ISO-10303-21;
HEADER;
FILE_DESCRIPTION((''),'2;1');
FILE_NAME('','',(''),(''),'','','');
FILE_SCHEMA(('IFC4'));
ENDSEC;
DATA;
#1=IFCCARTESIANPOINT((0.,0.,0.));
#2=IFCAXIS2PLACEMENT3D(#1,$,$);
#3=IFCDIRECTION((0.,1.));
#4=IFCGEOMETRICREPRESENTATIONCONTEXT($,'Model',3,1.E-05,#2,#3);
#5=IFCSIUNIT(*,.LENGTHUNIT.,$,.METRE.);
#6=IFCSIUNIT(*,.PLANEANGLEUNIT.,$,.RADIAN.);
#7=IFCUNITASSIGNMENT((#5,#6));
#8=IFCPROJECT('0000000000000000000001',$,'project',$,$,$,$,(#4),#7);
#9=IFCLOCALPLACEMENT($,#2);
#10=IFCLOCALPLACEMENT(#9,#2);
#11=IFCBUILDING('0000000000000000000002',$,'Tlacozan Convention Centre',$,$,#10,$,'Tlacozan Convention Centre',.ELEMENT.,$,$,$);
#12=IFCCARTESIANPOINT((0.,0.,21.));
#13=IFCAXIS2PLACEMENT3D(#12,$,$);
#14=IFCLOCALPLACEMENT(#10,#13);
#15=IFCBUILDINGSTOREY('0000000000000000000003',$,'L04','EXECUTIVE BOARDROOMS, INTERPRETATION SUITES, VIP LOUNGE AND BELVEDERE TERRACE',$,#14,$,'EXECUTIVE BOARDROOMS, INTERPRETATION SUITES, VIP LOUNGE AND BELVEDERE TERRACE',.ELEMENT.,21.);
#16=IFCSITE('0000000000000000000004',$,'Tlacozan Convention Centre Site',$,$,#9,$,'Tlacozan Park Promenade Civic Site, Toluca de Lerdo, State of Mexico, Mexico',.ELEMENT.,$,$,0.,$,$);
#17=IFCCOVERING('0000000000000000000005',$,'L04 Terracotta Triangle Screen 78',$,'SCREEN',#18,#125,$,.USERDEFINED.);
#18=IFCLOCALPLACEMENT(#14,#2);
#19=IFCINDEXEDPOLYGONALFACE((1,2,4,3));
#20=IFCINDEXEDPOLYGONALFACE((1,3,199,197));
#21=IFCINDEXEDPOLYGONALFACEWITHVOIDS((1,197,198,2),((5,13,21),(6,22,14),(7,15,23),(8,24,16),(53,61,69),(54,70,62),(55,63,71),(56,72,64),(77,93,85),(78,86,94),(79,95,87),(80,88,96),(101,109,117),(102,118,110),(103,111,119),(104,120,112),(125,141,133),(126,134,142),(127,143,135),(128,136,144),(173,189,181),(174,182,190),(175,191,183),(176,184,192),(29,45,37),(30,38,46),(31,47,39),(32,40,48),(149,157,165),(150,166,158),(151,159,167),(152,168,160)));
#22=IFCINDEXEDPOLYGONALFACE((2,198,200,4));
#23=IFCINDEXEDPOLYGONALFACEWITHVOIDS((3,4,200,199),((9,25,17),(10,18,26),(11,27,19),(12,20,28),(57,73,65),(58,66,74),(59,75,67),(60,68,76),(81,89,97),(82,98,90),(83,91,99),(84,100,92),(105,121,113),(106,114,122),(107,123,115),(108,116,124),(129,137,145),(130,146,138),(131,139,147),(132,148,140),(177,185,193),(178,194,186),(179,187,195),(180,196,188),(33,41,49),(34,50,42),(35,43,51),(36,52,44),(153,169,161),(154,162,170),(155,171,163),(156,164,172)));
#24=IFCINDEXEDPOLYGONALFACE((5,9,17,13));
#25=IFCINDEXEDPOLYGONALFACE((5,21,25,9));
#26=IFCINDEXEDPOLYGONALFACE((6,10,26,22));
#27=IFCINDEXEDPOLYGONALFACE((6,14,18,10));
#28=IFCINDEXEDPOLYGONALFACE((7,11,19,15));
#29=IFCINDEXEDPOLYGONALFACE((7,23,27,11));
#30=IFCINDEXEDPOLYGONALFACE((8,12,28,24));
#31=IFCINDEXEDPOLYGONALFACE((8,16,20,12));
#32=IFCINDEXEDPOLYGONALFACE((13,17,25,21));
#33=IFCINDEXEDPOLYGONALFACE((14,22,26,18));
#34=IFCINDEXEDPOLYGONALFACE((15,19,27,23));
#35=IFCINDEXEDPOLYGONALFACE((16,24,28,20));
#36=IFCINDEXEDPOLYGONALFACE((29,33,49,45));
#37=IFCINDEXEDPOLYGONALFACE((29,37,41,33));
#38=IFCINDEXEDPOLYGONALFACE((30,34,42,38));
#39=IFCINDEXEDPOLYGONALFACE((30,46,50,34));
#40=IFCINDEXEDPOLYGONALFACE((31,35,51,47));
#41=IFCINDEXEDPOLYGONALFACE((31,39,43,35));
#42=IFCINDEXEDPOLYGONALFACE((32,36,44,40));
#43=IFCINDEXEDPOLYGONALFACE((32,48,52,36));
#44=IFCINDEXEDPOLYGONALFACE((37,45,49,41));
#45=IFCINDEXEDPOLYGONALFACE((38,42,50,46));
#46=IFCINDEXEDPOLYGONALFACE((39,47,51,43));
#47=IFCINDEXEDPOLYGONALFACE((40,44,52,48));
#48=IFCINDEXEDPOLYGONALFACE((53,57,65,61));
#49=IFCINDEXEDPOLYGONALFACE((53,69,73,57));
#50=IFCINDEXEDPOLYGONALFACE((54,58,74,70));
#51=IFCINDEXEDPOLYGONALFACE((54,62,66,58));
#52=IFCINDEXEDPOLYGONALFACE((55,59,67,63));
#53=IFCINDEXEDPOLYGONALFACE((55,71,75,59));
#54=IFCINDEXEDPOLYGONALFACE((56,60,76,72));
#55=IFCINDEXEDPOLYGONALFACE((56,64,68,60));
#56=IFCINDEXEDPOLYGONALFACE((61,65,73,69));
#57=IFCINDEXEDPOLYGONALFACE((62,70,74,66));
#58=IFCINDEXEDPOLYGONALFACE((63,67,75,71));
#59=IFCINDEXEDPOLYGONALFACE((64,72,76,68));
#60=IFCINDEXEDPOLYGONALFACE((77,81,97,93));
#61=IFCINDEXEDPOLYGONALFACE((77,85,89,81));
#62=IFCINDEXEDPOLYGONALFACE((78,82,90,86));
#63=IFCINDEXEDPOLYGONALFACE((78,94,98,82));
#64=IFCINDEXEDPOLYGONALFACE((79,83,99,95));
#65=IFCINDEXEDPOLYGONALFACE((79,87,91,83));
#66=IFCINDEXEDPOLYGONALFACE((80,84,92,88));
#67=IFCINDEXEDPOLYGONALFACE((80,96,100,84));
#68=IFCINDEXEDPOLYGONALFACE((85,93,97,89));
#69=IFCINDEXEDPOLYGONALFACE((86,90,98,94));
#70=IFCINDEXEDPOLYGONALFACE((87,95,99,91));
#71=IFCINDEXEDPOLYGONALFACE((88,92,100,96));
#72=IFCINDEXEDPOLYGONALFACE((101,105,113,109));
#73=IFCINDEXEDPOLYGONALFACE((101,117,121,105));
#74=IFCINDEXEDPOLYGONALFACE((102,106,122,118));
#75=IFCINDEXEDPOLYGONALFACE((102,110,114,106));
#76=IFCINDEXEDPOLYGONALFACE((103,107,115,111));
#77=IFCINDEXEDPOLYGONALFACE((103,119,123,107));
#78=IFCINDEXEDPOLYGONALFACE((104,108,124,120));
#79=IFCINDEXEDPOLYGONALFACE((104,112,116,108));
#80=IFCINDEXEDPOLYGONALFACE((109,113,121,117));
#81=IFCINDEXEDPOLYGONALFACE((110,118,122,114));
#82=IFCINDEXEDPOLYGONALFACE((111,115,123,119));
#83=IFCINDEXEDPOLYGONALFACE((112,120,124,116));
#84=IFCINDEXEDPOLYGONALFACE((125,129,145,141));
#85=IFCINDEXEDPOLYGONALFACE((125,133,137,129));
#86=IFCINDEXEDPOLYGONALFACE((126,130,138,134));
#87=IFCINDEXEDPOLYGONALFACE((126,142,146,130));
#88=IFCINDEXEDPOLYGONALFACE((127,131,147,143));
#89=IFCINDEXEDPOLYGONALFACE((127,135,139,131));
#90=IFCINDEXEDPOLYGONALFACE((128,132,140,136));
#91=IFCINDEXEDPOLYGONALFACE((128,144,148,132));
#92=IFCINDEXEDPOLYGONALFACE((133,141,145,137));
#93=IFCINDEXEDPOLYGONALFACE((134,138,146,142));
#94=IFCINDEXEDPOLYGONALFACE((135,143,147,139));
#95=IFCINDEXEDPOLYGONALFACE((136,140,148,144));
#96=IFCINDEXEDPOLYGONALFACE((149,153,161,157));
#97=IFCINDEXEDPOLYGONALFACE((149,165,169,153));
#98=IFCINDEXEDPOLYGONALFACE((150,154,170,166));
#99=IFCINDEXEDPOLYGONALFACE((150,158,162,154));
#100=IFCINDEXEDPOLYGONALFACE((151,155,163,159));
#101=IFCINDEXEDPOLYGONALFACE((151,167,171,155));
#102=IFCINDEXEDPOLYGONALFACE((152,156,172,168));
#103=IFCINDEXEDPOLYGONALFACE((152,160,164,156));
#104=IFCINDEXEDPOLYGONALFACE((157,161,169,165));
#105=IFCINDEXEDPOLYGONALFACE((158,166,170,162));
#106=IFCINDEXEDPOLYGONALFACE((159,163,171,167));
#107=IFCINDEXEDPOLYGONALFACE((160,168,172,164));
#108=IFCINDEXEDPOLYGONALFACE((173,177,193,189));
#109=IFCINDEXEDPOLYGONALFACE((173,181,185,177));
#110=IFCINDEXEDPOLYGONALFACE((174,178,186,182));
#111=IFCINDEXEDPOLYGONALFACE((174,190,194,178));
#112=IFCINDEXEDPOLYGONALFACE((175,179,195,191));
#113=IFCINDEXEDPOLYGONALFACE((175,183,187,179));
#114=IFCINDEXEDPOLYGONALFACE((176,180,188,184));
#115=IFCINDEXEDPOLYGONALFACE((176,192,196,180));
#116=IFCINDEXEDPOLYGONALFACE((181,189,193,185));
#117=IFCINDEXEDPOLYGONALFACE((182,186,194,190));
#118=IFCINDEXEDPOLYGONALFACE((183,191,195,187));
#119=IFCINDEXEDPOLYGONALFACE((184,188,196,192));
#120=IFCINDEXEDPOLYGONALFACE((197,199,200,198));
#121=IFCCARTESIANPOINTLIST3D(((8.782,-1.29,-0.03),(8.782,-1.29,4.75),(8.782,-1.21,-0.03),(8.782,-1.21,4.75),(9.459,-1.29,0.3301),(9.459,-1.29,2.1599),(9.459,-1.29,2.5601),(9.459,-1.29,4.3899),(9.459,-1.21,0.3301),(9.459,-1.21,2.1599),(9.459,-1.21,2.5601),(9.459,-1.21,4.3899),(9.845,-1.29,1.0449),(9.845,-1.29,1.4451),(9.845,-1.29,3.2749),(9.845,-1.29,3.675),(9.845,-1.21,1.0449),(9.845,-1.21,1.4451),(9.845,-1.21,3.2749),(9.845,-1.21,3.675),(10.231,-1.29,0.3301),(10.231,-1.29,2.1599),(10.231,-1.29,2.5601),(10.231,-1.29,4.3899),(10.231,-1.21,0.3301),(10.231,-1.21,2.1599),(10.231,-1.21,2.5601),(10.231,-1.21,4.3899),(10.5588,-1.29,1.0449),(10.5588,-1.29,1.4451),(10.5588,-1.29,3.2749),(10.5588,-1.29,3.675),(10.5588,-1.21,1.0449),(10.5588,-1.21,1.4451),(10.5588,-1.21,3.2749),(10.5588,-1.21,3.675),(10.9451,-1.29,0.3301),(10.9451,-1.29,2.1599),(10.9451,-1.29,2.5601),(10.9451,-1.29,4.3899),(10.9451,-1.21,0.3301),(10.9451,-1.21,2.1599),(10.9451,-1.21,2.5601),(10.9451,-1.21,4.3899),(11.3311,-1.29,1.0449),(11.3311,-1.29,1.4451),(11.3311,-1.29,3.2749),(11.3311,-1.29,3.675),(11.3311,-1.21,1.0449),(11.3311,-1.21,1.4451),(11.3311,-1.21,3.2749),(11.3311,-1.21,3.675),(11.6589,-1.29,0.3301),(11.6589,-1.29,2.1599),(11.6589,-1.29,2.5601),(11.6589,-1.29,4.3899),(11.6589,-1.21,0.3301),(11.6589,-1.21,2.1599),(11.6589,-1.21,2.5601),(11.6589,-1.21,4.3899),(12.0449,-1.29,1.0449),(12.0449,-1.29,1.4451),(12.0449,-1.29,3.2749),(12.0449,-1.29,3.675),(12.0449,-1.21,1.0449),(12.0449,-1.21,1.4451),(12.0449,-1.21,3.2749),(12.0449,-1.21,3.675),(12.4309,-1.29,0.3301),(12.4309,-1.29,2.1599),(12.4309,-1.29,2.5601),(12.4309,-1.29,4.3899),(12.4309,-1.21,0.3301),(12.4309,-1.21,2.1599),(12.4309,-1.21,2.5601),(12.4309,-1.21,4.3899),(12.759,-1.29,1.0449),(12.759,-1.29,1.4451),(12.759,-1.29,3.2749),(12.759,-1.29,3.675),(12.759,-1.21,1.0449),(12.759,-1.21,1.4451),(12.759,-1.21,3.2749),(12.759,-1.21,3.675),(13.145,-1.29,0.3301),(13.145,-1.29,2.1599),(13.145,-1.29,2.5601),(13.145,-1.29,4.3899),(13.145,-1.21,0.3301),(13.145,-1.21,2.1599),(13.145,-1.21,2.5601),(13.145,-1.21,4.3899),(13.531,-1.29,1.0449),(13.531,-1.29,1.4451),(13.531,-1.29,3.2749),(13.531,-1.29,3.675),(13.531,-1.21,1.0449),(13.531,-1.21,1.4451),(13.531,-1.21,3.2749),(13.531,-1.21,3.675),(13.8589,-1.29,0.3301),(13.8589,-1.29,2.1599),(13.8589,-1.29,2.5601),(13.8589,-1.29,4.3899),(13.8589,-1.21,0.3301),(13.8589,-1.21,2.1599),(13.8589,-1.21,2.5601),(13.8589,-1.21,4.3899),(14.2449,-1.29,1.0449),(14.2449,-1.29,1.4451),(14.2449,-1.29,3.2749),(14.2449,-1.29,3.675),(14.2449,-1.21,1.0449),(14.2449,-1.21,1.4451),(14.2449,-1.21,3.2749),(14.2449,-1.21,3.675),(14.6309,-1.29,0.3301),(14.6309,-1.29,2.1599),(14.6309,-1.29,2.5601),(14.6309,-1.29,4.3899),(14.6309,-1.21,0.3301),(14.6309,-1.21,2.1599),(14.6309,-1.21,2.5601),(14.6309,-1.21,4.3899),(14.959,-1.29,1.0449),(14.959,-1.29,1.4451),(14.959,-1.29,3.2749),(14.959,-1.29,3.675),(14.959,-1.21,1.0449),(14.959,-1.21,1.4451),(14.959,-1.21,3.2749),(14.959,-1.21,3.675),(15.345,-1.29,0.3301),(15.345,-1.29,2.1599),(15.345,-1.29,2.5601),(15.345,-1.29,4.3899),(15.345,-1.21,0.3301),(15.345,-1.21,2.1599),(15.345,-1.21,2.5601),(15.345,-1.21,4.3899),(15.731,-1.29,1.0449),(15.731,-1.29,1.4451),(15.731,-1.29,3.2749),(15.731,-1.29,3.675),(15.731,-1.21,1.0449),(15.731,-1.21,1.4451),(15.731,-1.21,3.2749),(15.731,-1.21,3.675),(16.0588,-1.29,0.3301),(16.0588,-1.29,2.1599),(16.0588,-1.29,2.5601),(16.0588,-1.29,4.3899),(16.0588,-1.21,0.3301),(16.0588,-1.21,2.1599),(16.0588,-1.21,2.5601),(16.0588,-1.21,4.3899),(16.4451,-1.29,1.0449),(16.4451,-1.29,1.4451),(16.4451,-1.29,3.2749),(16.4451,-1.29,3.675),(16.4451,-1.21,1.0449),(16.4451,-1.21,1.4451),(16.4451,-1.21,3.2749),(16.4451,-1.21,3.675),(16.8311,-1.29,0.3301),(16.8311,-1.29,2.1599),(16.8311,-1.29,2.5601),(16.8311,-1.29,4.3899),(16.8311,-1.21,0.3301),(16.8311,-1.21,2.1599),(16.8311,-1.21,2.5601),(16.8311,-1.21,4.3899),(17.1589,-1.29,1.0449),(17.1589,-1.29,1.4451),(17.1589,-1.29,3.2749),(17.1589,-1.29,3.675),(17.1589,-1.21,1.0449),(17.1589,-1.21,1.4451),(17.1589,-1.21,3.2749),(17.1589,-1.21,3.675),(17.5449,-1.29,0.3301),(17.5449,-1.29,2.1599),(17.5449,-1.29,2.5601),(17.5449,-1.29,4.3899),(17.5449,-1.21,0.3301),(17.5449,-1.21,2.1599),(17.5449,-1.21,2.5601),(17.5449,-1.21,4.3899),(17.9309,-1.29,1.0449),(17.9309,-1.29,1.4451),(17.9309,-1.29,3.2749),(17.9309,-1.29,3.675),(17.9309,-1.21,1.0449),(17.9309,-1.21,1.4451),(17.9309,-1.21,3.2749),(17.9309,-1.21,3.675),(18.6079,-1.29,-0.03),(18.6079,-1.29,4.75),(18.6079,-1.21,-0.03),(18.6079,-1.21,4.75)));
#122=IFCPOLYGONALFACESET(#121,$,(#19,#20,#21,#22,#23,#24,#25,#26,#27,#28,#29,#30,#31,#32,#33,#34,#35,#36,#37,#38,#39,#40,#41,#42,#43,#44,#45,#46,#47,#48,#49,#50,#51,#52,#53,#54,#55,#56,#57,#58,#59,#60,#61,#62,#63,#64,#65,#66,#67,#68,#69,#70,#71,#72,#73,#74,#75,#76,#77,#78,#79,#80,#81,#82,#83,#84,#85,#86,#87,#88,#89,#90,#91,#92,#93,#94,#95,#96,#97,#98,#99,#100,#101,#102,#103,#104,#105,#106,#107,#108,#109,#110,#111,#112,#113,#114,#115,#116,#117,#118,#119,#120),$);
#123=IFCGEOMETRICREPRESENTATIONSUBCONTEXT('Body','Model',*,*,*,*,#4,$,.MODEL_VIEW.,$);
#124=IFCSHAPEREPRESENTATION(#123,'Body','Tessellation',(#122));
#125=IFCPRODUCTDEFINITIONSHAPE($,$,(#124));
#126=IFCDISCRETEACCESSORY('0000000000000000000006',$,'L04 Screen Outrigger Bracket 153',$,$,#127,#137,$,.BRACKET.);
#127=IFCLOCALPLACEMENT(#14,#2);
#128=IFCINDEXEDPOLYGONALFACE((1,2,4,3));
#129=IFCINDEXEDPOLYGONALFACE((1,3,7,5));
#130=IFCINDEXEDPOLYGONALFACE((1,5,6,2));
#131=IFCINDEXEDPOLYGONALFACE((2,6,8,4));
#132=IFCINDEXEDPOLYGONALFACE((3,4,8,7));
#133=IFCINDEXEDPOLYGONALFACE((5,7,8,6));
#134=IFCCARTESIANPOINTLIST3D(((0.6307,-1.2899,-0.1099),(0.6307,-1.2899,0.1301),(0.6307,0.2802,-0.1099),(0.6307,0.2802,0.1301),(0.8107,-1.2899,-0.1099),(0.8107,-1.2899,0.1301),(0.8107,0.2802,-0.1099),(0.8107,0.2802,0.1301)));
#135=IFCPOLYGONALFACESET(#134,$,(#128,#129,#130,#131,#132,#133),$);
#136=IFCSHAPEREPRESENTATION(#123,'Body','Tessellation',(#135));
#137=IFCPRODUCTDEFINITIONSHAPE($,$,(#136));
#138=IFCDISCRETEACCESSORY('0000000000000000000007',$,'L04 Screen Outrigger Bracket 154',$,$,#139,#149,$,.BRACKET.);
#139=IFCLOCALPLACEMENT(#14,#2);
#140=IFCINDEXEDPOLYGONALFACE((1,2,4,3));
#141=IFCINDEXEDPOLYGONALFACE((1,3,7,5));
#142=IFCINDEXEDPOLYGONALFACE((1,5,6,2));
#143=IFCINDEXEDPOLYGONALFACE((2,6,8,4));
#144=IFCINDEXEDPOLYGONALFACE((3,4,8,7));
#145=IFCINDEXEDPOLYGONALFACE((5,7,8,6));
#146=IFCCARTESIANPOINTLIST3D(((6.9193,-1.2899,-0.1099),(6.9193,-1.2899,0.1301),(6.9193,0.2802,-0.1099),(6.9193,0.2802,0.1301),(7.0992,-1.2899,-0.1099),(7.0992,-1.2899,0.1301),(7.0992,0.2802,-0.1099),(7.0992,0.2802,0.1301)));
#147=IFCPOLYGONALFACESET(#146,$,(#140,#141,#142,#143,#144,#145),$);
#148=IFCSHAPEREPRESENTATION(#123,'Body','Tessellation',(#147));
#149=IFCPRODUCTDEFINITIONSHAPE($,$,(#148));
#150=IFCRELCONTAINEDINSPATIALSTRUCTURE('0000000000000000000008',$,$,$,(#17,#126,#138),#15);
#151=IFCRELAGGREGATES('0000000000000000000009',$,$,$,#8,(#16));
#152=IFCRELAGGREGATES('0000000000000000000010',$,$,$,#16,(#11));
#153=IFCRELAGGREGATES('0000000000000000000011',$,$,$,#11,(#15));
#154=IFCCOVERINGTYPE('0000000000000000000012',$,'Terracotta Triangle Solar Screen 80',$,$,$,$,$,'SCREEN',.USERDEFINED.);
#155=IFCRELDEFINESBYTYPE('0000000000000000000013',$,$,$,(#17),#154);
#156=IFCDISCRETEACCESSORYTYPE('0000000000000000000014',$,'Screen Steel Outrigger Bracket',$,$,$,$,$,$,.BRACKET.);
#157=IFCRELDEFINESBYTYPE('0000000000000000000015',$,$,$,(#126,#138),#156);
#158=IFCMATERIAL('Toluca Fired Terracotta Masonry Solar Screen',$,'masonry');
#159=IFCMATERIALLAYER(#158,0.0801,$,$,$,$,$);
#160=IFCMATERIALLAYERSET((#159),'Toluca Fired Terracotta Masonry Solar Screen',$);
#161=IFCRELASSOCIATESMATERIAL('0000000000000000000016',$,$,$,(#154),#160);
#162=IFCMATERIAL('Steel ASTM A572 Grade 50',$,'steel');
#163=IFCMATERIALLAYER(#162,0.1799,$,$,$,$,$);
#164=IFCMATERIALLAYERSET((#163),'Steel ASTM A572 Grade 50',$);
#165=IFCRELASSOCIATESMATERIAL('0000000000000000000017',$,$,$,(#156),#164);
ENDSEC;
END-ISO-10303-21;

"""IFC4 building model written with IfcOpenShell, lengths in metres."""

from ifc_helpers import new_model, si_unit, direction, frame, origin, origin_2d, place, context, subcontext, project, spatial, polyline, rectangle, outline, extrude, material, layer, layer_set, type_object, element, save


model = new_model("IFC4")

# Units and contexts
model_context = context("Model", 3, precision=1e-05, world=origin(), true_north=direction((0.0, 1.0)))
body_context = subcontext(model_context, "Body", "Model", "MODEL_VIEW")
ifc_project = project(units=[si_unit("LENGTHUNIT", "METRE"), si_unit("PLANEANGLEUNIT", "RADIAN")], contexts=[model_context])

# Site, building, storey
site_placement = place(None, origin())
site = spatial("IfcSite", under=ifc_project, at=site_placement, Name="Tlacozan Convention Centre Site", LongName="Tlacozan Park Promenade Civic Site, Toluca de Lerdo, State of Mexico, Mexico", CompositionType="ELEMENT", RefElevation=0.0)
building_placement = place(site_placement, origin())
building = spatial("IfcBuilding", under=site, at=building_placement, Name="Tlacozan Convention Centre", LongName="Tlacozan Convention Centre", CompositionType="ELEMENT")
storey_placement = place(building_placement, frame((0.0, 0.0, 21.0)))
storey = spatial("IfcBuildingStorey", under=building, at=storey_placement, Name="L04", Description="EXECUTIVE BOARDROOMS, INTERPRETATION SUITES, VIP LOUNGE AND BELVEDERE TERRACE", LongName="EXECUTIVE BOARDROOMS, INTERPRETATION SUITES, VIP LOUNGE AND BELVEDERE TERRACE", CompositionType="ELEMENT", Elevation=21.0)

# Covering
ifc_material_1 = material(Name="Toluca Fired Terracotta Masonry Solar Screen", Category="masonry")
ifc_layer_1 = layer(ifc_material_1, 0.0801)
ifc_layer_set_1 = layer_set([ifc_layer_1], Name="Toluca Fired Terracotta Masonry Solar Screen")
covering_type = type_object("IfcCoveringType", Name="Terracotta Triangle Solar Screen 80", ElementType="SCREEN", PredefinedType="USERDEFINED", material=ifc_layer_set_1)
covering_placement = place(storey_placement, frame((8.782, -1.25, -0.03), z_axis=(0.0, 0.0, 1.0), x_axis=(1.0, 0.0, 0.0)))
element("IfcCovering", 1, at=covering_placement, inside=storey, type_object=covering_type, Name="L04 Terracotta Triangle Screen 78", ObjectType="SCREEN", PredefinedType="USERDEFINED", context=body_context, shape_type="SweptSolid", body=[
    extrude(outline(polyline([(0.0, 0.0), (9.8259, 0.0), (9.8259, 4.78), (0.0, 4.78), (0.0, 0.0)]), holes=[polyline([(0.677, 0.3601), (1.449, 0.3601), (1.063, 1.075), (0.677, 0.3601)]), polyline([(1.7769, 1.075), (2.5491, 1.075), (2.1631, 0.3601), (1.7769, 1.075)]), polyline([(2.877, 0.3601), (3.6489, 0.3601), (3.2629, 1.075), (2.877, 0.3601)]), polyline([(3.9771, 1.075), (4.749, 1.075), (4.363, 0.3601), (3.9771, 1.075)]), polyline([(5.0769, 0.3601), (5.8489, 0.3601), (5.4629, 1.075), (5.0769, 0.3601)]), polyline([(6.177, 1.075), (6.949, 1.075), (6.563, 0.3601), (6.177, 1.075)]), polyline([(7.2769, 0.3601), (8.0491, 0.3601), (7.6631, 1.075), (7.2769, 0.3601)]), polyline([(8.377, 1.075), (9.1489, 1.075), (8.7629, 0.3601), (8.377, 1.075)]), polyline([(0.677, 2.1899), (1.449, 2.1899), (1.063, 1.4751), (0.677, 2.1899)]), polyline([(1.7769, 1.4751), (2.5491, 1.4751), (2.1631, 2.1899), (1.7769, 1.4751)]), polyline([(2.877, 2.1899), (3.6489, 2.1899), (3.2629, 1.4751), (2.877, 2.1899)]), polyline([(3.9771, 1.4751), (4.749, 1.4751), (4.363, 2.1899), (3.9771, 1.4751)]), polyline([(5.0769, 2.1899), (5.8489, 2.1899), (5.4629, 1.4751), (5.0769, 2.1899)]), polyline([(6.177, 1.4751), (6.949, 1.4751), (6.563, 2.1899), (6.177, 1.4751)]), polyline([(7.2769, 2.1899), (8.0491, 2.1899), (7.6631, 1.4751), (7.2769, 2.1899)]), polyline([(8.377, 1.4751), (9.1489, 1.4751), (8.7629, 2.1899), (8.377, 1.4751)]), polyline([(0.677, 2.5901), (1.449, 2.5901), (1.063, 3.3049), (0.677, 2.5901)]), polyline([(1.7769, 3.3049), (2.5491, 3.3049), (2.1631, 2.5901), (1.7769, 3.3049)]), polyline([(2.877, 2.5901), (3.6489, 2.5901), (3.2629, 3.3049), (2.877, 2.5901)]), polyline([(3.9771, 3.3049), (4.749, 3.3049), (4.363, 2.5901), (3.9771, 3.3049)]), polyline([(5.0769, 2.5901), (5.8489, 2.5901), (5.4629, 3.3049), (5.0769, 2.5901)]), polyline([(6.177, 3.3049), (6.949, 3.3049), (6.563, 2.5901), (6.177, 3.3049)]), polyline([(7.2769, 2.5901), (8.0491, 2.5901), (7.6631, 3.3049), (7.2769, 2.5901)]), polyline([(8.377, 3.3049), (9.1489, 3.3049), (8.7629, 2.5901), (8.377, 3.3049)]), polyline([(0.677, 4.4199), (1.449, 4.4199), (1.063, 3.7051), (0.677, 4.4199)]), polyline([(1.7769, 3.7051), (2.5491, 3.7051), (2.1631, 4.4199), (1.7769, 3.7051)]), polyline([(2.877, 4.4199), (3.6489, 4.4199), (3.2629, 3.7051), (2.877, 4.4199)]), polyline([(3.9771, 3.7051), (4.749, 3.7051), (4.363, 4.4199), (3.9771, 3.7051)]), polyline([(5.0769, 4.4199), (5.8489, 4.4199), (5.4629, 3.7051), (5.0769, 4.4199)]), polyline([(6.177, 3.7051), (6.949, 3.7051), (6.563, 4.4199), (6.177, 3.7051)]), polyline([(7.2769, 4.4199), (8.0491, 4.4199), (7.6631, 3.7051), (7.2769, 4.4199)]), polyline([(8.377, 3.7051), (9.1489, 3.7051), (8.7629, 4.4199), (8.377, 3.7051)])]), frame((0.0, 0.04, 0.0), z_axis=(0.0, -1.0, 0.0), x_axis=(1.0, 0.0, 0.0)), (0.0, 0.0, 1.0), 0.0801),
])

# Discrete accessories
ifc_material_2 = material(Name="Steel ASTM A572 Grade 50", Category="steel")
ifc_layer_2 = layer(ifc_material_2, 0.1799)
ifc_layer_set_2 = layer_set([ifc_layer_2], Name="Steel ASTM A572 Grade 50")
discrete_accessory_type = type_object("IfcDiscreteAccessoryType", Name="Screen Steel Outrigger Bracket", PredefinedType="BRACKET", material=ifc_layer_set_2)
for number, where, z_axis, x_axis, name in (
    (2, (0.7207, -0.5049, -0.1099), (0.0, 0.0, 1.0), (0.0, 1.0, 0.0), "L04 Screen Outrigger Bracket 153"),
    (3, (7.0093, -0.5049, -0.1099), (0.0, 0.0, 1.0), (0.0, 1.0, 0.0), "L04 Screen Outrigger Bracket 154"),
):
    element("IfcDiscreteAccessory", number, at=place(storey_placement, frame(where, z_axis=z_axis, x_axis=x_axis)), inside=storey, type_object=discrete_accessory_type, Name=name, PredefinedType="BRACKET", context=body_context, shape_type="SweptSolid", body=[
        extrude(rectangle(XDim=1.5701, YDim=0.1799, at=origin_2d()), origin(), (0.0, 0.0, 1.0), 0.24),
    ])

save(model, "model.ifc")
